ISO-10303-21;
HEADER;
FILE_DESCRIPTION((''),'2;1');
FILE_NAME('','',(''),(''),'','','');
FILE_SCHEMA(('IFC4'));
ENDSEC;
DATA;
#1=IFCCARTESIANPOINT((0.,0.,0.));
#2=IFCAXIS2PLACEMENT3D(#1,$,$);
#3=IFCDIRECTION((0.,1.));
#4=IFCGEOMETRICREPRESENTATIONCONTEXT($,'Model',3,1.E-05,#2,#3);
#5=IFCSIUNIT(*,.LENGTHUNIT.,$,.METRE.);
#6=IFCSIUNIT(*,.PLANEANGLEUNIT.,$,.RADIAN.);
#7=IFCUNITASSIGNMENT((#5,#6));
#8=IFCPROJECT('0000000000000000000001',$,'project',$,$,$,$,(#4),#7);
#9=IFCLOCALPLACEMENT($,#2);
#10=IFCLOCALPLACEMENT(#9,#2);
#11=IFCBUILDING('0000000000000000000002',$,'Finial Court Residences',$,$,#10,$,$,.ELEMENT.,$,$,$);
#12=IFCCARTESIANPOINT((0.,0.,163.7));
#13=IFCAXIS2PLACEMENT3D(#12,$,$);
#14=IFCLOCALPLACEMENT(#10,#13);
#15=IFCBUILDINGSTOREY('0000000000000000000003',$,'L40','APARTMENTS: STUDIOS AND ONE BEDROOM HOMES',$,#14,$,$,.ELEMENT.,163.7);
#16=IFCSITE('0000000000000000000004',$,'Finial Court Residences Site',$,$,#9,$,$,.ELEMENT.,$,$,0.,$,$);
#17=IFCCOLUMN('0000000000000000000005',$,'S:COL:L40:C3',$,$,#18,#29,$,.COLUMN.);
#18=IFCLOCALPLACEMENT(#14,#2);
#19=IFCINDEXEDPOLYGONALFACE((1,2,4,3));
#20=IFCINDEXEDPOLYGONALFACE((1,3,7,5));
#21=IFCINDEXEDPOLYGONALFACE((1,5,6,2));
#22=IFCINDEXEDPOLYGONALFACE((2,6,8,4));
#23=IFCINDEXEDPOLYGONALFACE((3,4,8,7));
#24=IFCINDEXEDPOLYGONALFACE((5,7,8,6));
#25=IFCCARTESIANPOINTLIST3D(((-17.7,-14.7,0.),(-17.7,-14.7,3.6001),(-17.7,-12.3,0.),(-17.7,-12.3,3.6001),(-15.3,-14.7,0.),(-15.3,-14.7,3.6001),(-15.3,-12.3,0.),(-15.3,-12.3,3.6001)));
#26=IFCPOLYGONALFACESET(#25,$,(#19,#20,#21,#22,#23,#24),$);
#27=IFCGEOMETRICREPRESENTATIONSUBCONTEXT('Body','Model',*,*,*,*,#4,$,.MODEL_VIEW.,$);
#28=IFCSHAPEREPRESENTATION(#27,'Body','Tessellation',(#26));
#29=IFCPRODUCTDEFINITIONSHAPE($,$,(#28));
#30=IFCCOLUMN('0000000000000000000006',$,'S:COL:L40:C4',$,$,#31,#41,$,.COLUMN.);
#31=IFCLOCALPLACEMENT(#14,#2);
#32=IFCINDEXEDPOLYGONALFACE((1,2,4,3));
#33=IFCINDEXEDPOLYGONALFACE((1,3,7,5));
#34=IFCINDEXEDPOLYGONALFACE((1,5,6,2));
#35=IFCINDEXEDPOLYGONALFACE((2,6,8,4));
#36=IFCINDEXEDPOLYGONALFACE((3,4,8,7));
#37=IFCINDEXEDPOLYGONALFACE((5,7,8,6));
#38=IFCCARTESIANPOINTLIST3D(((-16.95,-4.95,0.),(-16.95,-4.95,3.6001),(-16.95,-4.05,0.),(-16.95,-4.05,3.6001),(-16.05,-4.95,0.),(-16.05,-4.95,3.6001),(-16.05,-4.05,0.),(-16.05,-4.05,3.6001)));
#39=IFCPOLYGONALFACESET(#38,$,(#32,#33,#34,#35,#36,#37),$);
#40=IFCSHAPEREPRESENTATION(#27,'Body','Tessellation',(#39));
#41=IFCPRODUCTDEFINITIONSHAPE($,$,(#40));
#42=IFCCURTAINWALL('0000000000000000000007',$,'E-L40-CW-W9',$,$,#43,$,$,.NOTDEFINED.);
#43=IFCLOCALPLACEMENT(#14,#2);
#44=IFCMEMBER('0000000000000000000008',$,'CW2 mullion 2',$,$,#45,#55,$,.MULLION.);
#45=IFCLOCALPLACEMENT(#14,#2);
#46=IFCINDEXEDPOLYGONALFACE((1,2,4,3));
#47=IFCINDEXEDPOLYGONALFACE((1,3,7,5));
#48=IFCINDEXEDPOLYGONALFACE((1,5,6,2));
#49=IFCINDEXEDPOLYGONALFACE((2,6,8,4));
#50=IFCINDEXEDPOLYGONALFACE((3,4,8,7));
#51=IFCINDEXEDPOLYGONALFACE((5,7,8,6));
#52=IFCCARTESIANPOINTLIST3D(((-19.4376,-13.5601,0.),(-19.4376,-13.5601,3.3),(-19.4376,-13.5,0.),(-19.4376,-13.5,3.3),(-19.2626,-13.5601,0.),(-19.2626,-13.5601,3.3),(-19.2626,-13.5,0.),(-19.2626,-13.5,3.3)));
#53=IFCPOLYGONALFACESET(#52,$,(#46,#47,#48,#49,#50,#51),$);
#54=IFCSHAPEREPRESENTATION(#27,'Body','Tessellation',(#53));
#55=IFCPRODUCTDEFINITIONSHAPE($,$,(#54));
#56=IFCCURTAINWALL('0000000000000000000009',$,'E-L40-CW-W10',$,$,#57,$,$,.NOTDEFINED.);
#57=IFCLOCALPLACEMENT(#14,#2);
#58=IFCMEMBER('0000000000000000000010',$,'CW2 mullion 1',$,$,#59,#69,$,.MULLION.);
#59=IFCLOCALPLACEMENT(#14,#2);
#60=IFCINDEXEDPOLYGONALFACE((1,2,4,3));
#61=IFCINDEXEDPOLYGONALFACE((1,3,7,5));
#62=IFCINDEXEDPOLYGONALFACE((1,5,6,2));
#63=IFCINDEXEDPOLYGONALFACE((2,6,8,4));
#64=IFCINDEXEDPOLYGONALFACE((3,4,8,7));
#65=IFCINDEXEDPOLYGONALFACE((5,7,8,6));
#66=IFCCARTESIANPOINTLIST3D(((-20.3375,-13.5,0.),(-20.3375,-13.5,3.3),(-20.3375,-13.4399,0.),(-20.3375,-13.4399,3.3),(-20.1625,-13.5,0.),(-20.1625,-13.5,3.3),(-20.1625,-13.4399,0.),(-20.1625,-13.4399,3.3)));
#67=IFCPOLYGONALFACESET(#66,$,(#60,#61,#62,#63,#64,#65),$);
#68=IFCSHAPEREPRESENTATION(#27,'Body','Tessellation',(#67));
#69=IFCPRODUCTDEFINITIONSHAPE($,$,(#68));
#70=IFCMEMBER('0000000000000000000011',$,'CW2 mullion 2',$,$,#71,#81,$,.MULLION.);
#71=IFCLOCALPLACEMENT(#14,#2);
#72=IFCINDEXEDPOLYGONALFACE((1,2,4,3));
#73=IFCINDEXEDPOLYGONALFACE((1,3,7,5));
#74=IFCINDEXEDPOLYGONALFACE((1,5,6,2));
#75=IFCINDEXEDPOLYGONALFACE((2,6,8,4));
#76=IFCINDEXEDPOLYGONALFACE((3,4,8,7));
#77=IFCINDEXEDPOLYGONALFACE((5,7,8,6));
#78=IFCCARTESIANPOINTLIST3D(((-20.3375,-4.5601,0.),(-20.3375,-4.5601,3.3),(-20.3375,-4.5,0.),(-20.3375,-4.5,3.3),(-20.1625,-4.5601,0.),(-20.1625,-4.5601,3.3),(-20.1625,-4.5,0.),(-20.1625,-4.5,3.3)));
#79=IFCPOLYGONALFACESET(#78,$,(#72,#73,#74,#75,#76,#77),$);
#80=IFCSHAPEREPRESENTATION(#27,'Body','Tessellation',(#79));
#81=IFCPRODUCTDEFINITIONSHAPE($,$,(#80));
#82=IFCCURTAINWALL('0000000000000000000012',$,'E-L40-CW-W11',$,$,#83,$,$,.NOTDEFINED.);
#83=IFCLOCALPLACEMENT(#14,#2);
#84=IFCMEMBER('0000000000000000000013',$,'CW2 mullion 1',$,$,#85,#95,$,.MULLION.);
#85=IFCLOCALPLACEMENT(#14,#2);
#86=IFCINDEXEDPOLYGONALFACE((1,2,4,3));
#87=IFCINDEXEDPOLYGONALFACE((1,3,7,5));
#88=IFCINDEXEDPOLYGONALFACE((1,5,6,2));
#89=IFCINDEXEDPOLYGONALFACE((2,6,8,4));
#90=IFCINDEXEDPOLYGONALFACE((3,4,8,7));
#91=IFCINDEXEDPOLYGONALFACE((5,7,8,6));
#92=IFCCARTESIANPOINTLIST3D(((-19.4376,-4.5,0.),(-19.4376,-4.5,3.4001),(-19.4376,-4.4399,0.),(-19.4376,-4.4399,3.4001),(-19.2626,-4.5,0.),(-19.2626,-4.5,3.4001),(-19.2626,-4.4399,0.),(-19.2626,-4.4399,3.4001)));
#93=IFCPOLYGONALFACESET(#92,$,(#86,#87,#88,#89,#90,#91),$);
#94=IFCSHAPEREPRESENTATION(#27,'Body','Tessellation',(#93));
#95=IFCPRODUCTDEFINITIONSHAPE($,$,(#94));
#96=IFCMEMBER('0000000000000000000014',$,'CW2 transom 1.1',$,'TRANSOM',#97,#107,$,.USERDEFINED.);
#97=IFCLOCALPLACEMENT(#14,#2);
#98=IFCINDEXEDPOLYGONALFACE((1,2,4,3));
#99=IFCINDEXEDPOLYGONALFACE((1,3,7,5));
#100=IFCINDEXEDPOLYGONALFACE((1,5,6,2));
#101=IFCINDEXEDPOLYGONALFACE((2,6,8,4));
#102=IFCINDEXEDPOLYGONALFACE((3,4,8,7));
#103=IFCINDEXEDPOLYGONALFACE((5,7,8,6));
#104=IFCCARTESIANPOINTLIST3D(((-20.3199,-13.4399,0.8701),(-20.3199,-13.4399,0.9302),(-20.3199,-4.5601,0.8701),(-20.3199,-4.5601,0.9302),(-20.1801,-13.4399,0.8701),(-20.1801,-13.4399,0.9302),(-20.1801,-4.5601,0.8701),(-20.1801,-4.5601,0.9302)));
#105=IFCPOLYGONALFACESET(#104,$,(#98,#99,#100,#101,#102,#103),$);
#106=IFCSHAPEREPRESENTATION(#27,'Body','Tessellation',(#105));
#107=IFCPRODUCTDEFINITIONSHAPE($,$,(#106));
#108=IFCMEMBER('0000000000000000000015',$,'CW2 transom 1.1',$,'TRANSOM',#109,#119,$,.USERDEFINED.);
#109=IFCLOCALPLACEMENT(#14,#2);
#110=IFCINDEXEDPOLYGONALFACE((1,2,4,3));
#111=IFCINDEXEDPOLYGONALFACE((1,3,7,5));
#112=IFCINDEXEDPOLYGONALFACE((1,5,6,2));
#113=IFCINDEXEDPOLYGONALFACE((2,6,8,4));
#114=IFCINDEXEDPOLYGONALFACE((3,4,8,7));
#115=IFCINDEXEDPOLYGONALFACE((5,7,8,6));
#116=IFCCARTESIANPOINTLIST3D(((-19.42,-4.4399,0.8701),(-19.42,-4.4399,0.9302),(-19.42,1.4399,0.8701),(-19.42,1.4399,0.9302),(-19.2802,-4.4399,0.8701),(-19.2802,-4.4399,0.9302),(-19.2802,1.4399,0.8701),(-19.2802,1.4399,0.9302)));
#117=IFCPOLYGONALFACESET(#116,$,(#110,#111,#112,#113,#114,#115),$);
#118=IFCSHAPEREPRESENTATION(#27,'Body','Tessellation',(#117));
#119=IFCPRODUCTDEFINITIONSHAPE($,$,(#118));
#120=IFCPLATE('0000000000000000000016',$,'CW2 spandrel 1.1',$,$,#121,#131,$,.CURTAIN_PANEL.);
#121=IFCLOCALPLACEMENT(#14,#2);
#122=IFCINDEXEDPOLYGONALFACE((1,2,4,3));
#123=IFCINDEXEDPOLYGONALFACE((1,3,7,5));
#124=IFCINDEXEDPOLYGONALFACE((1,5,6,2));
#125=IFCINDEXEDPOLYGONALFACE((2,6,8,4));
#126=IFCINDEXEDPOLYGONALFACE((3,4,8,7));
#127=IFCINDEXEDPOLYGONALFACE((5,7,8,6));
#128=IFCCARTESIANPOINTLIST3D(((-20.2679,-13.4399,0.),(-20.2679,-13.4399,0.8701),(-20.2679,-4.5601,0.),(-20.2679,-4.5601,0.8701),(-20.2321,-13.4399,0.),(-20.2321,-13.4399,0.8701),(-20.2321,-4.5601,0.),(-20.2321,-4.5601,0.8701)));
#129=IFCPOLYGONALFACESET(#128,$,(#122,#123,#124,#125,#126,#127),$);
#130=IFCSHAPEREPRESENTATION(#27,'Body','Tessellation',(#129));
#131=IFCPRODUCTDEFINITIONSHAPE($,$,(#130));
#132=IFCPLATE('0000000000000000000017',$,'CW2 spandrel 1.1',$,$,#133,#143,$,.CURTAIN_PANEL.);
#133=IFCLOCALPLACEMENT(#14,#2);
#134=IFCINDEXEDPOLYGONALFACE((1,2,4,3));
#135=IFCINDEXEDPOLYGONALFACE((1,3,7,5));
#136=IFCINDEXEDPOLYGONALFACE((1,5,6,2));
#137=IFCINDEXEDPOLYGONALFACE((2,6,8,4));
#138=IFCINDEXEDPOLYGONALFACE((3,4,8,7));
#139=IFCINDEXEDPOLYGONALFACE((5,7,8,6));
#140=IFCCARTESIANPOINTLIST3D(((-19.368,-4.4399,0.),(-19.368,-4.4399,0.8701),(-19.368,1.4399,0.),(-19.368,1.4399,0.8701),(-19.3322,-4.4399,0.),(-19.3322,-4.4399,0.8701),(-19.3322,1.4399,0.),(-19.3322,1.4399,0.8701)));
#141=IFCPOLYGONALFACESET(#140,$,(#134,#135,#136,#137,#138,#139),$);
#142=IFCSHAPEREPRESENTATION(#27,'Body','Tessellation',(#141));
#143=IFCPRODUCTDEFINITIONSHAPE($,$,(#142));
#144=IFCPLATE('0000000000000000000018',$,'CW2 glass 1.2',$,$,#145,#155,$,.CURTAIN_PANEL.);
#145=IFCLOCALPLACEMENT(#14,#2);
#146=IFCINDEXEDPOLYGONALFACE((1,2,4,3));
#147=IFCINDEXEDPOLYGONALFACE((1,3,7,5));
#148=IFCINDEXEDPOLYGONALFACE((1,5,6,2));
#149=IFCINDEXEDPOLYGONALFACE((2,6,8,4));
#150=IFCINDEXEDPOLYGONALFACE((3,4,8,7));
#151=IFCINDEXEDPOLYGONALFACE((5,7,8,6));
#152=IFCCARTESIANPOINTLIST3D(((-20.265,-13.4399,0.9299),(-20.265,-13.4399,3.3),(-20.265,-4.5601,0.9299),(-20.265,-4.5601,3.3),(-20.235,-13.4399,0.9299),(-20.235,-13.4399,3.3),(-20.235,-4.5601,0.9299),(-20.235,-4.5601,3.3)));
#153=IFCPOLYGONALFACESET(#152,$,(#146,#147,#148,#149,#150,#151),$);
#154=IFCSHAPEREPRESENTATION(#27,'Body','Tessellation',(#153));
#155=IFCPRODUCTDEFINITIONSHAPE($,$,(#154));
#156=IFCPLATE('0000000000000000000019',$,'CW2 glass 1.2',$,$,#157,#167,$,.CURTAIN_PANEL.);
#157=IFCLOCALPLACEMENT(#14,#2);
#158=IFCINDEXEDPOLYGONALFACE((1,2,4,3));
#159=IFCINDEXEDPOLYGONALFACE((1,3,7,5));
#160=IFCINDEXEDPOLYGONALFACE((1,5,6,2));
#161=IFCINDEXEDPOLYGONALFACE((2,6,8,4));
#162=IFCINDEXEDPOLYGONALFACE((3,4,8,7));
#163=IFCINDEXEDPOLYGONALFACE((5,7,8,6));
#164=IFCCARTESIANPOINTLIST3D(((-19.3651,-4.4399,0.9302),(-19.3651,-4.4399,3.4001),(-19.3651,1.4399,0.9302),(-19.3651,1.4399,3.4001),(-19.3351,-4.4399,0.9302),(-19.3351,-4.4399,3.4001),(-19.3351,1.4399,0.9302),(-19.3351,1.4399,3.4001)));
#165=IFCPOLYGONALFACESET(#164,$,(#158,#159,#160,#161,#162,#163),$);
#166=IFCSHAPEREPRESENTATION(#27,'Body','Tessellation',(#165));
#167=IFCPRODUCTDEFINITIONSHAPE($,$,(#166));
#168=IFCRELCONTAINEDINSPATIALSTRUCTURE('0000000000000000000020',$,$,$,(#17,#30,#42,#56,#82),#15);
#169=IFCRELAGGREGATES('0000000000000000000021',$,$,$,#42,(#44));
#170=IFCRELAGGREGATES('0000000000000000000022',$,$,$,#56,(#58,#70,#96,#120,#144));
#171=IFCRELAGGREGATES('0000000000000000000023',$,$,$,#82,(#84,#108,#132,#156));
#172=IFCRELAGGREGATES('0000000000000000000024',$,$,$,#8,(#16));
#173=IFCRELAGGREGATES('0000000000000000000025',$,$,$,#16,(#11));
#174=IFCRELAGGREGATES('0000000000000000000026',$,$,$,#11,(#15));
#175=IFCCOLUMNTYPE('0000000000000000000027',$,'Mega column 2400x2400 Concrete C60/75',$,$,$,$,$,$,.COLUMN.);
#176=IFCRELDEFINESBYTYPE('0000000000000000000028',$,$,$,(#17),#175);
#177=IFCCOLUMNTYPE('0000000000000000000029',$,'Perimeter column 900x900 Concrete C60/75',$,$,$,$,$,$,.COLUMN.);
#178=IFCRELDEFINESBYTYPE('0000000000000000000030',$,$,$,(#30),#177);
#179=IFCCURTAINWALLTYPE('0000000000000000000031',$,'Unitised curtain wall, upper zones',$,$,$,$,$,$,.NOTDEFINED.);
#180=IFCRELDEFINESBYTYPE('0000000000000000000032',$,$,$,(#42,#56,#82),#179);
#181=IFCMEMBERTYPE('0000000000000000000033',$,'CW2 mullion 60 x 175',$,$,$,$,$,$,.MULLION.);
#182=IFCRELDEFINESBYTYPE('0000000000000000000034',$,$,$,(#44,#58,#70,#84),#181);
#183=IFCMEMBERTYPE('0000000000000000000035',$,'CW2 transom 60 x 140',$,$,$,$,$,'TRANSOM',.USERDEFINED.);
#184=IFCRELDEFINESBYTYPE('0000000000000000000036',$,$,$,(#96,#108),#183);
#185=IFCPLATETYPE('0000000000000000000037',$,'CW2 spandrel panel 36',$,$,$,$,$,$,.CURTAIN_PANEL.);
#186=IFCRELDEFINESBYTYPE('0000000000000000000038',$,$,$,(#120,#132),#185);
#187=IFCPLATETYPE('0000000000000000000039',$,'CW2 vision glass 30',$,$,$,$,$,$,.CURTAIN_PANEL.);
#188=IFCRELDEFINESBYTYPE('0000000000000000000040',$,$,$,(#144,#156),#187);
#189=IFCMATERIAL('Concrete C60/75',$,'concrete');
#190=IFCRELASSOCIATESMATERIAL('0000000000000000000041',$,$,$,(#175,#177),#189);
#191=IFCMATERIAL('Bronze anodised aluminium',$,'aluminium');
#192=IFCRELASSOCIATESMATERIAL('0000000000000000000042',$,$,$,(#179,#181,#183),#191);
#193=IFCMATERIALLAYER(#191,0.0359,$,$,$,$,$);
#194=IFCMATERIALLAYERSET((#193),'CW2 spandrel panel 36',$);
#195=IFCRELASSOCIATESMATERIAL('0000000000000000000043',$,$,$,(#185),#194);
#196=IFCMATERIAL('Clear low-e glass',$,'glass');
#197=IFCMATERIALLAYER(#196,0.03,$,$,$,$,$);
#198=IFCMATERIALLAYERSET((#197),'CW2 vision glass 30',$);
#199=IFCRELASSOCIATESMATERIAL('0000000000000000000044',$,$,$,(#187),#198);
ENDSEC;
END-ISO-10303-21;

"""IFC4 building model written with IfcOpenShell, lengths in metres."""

from ifc_helpers import new_model, si_unit, direction, frame, origin, origin_2d, place, context, subcontext, project, spatial, rectangle, extrude, material, layer, layer_set, material_profile, profile_set, type_object, element, aggregate, save


model = new_model("IFC4")

# Units and contexts
model_context = context("Model", 3, precision=1e-05, world=origin(), true_north=direction((0.0, 1.0)))
body_context = subcontext(model_context, "Body", "Model", "MODEL_VIEW")
ifc_project = project(units=[si_unit("LENGTHUNIT", "METRE"), si_unit("PLANEANGLEUNIT", "RADIAN")], contexts=[model_context])

# Site, building, storey
site_placement = place(None, origin())
site = spatial("IfcSite", under=ifc_project, at=site_placement, Name="Finial Court Residences Site", CompositionType="ELEMENT", RefElevation=0.0)
building_placement = place(site_placement, origin())
building = spatial("IfcBuilding", under=site, at=building_placement, Name="Finial Court Residences", CompositionType="ELEMENT")
storey_placement = place(building_placement, frame((0.0, 0.0, 163.7)))
storey = spatial("IfcBuildingStorey", under=building, at=storey_placement, Name="L40", Description="APARTMENTS: STUDIOS AND ONE BEDROOM HOMES", CompositionType="ELEMENT", Elevation=163.7)

# Columns
ifc_material_1 = material(Name="Concrete C60/75", Category="concrete")
ifc_material_profile_1 = material_profile(ifc_material_1, rectangle(XDim=2.3999, YDim=2.3999, at=origin_2d()), Name="2400x2400")
ifc_profile_set_1 = profile_set([ifc_material_profile_1], Name="Concrete C60/75")
column_type_1 = type_object("IfcColumnType", Name="Mega column 2400x2400 Concrete C60/75", PredefinedType="COLUMN", material=ifc_profile_set_1)
column_1_placement = place(storey_placement, frame((-16.5, -13.5, 0.0), z_axis=(0.0, 0.0, 1.0), x_axis=(1.0, 0.0, 0.0)))
element("IfcColumn", 1, at=column_1_placement, inside=storey, type_object=column_type_1, Name="S:COL:L40:C3", PredefinedType="COLUMN", context=body_context, shape_type="SweptSolid", body=[
    extrude(rectangle(XDim=2.3999, YDim=2.3999, at=origin_2d()), origin(), (0.0, 0.0, 1.0), 3.6001),
])
ifc_material_profile_2 = material_profile(ifc_material_1, rectangle(XDim=0.8999, YDim=0.8999, at=origin_2d()), Name="900x900")
ifc_profile_set_2 = profile_set([ifc_material_profile_2], Name="Concrete C60/75")
column_type_2 = type_object("IfcColumnType", Name="Perimeter column 900x900 Concrete C60/75", PredefinedType="COLUMN", material=ifc_profile_set_2)
column_2_placement = place(storey_placement, frame((-16.5, -4.5, 0.0), z_axis=(0.0, 0.0, 1.0), x_axis=(1.0, 0.0, 0.0)))
element("IfcColumn", 2, at=column_2_placement, inside=storey, type_object=column_type_2, Name="S:COL:L40:C4", PredefinedType="COLUMN", context=body_context, shape_type="SweptSolid", body=[
    extrude(rectangle(XDim=0.8999, YDim=0.8999, at=origin_2d()), origin(), (0.0, 0.0, 1.0), 3.6001),
])

# Curtain wall, member
ifc_material_2 = material(Name="Bronze anodised aluminium", Category="aluminium")
curtain_wall_type = type_object("IfcCurtainWallType", Name="Unitised curtain wall, upper zones", PredefinedType="NOTDEFINED", material=ifc_material_2)
curtain_wall_1_placement = place(storey_placement, origin())
curtain_wall_1 = element("IfcCurtainWall", 3, at=curtain_wall_1_placement, inside=storey, type_object=curtain_wall_type, Name="E-L40-CW-W9", PredefinedType="NOTDEFINED")
ifc_material_profile_3 = material_profile(ifc_material_2, rectangle(XDim=0.175, YDim=0.0601, at=origin_2d()), Name="CW2 mullion 60 x 175")
ifc_profile_set_3 = profile_set([ifc_material_profile_3], Name="Bronze anodised aluminium")
member_type_1 = type_object("IfcMemberType", Name="CW2 mullion 60 x 175", PredefinedType="MULLION", material=ifc_profile_set_3)
member_1_placement = place(storey_placement, frame((-19.3501, -13.53, 0.0), z_axis=(0.0, 0.0, 1.0), x_axis=(-1.0, 0.0, 0.0)))
member_1 = element("IfcMember", 4, at=member_1_placement, type_object=member_type_1, Name="CW2 mullion 2", PredefinedType="MULLION", context=body_context, shape_type="SweptSolid", body=[
    extrude(rectangle(XDim=0.175, YDim=0.0601, at=origin_2d()), origin(), (0.0, 0.0, 1.0), 3.3),
])
aggregate(curtain_wall_1, [member_1])

# Curtain wall, members
curtain_wall_2_placement = place(storey_placement, origin())
curtain_wall_2 = element("IfcCurtainWall", 5, at=curtain_wall_2_placement, inside=storey, type_object=curtain_wall_type, Name="E-L40-CW-W10", PredefinedType="NOTDEFINED")
member_2_placement = place(storey_placement, frame((-20.25, -13.47, 0.0), z_axis=(0.0, 0.0, 1.0), x_axis=(-1.0, 0.0, 0.0)))
member_2 = element("IfcMember", 6, at=member_2_placement, type_object=member_type_1, Name="CW2 mullion 1", PredefinedType="MULLION", context=body_context, shape_type="SweptSolid", body=[
    extrude(rectangle(XDim=0.175, YDim=0.0601, at=origin_2d()), origin(), (0.0, 0.0, 1.0), 3.3),
])
member_3_placement = place(storey_placement, frame((-20.25, -4.53, 0.0), z_axis=(0.0, 0.0, 1.0), x_axis=(-1.0, 0.0, 0.0)))
member_3 = element("IfcMember", 7, at=member_3_placement, type_object=member_type_1, Name="CW2 mullion 2", PredefinedType="MULLION", context=body_context, shape_type="SweptSolid", body=[
    extrude(rectangle(XDim=0.175, YDim=0.0601, at=origin_2d()), origin(), (0.0, 0.0, 1.0), 3.3),
])

# Curtain wall, member
curtain_wall_3_placement = place(storey_placement, origin())
curtain_wall_3 = element("IfcCurtainWall", 8, at=curtain_wall_3_placement, inside=storey, type_object=curtain_wall_type, Name="E-L40-CW-W11", PredefinedType="NOTDEFINED")
member_4_placement = place(storey_placement, frame((-19.3501, -4.47, 0.0), z_axis=(0.0, 0.0, 1.0), x_axis=(-1.0, 0.0, 0.0)))
member_4 = element("IfcMember", 9, at=member_4_placement, type_object=member_type_1, Name="CW2 mullion 1", PredefinedType="MULLION", context=body_context, shape_type="SweptSolid", body=[
    extrude(rectangle(XDim=0.175, YDim=0.0601, at=origin_2d()), origin(), (0.0, 0.0, 1.0), 3.4001),
])

# Members
ifc_material_profile_4 = material_profile(ifc_material_2, rectangle(XDim=0.1399, YDim=0.0601, at=origin_2d()), Name="CW2 transom 60 x 140")
ifc_profile_set_4 = profile_set([ifc_material_profile_4], Name="Bronze anodised aluminium")
member_type_2 = type_object("IfcMemberType", Name="CW2 transom 60 x 140", ElementType="TRANSOM", PredefinedType="USERDEFINED", material=ifc_profile_set_4)
member_5_placement = place(storey_placement, frame((-20.25, -13.4399, 0.9001), z_axis=(0.0, 1.0, 0.0), x_axis=(-1.0, 0.0, 0.0)))
member_5 = element("IfcMember", 10, at=member_5_placement, type_object=member_type_2, Name="CW2 transom 1.1", ObjectType="TRANSOM", PredefinedType="USERDEFINED", context=body_context, shape_type="SweptSolid", body=[
    extrude(rectangle(XDim=0.1399, YDim=0.0601, at=origin_2d()), origin(), (0.0, 0.0, 1.0), 8.8799),
])
member_6_placement = place(storey_placement, frame((-19.3501, -4.4399, 0.9001), z_axis=(0.0, 1.0, 0.0), x_axis=(-1.0, 0.0, 0.0)))
member_6 = element("IfcMember", 11, at=member_6_placement, type_object=member_type_2, Name="CW2 transom 1.1", ObjectType="TRANSOM", PredefinedType="USERDEFINED", context=body_context, shape_type="SweptSolid", body=[
    extrude(rectangle(XDim=0.1399, YDim=0.0601, at=origin_2d()), origin(), (0.0, 0.0, 1.0), 5.8799),
])

# Plates
ifc_layer_1 = layer(ifc_material_2, 0.0359)
ifc_layer_set_1 = layer_set([ifc_layer_1], Name="CW2 spandrel panel 36")
plate_type_1 = type_object("IfcPlateType", Name="CW2 spandrel panel 36", PredefinedType="CURTAIN_PANEL", material=ifc_layer_set_1)
plate_1_placement = place(storey_placement, frame((-20.25, -9.0, 0.0), z_axis=(0.0, 0.0, 1.0), x_axis=(0.0, 1.0, 0.0)))
plate_1 = element("IfcPlate", 12, at=plate_1_placement, type_object=plate_type_1, Name="CW2 spandrel 1.1", PredefinedType="CURTAIN_PANEL", context=body_context, shape_type="SweptSolid", body=[
    extrude(rectangle(XDim=8.8799, YDim=0.0359, at=origin_2d()), origin(), (0.0, 0.0, 1.0), 0.8701),
])
plate_2_placement = place(storey_placement, frame((-19.3501, -1.5, 0.0), z_axis=(0.0, 0.0, 1.0), x_axis=(0.0, 1.0, 0.0)))
plate_2 = element("IfcPlate", 13, at=plate_2_placement, type_object=plate_type_1, Name="CW2 spandrel 1.1", PredefinedType="CURTAIN_PANEL", context=body_context, shape_type="SweptSolid", body=[
    extrude(rectangle(XDim=5.8799, YDim=0.0359, at=origin_2d()), origin(), (0.0, 0.0, 1.0), 0.8701),
])
ifc_material_3 = material(Name="Clear low-e glass", Category="glass")
ifc_layer_2 = layer(ifc_material_3, 0.03)
ifc_layer_set_2 = layer_set([ifc_layer_2], Name="CW2 vision glass 30")
plate_type_2 = type_object("IfcPlateType", Name="CW2 vision glass 30", PredefinedType="CURTAIN_PANEL", material=ifc_layer_set_2)
plate_3_placement = place(storey_placement, frame((-20.25, -9.0, 0.9299), z_axis=(0.0, 0.0, 1.0), x_axis=(0.0, 1.0, 0.0)))
plate_3 = element("IfcPlate", 14, at=plate_3_placement, type_object=plate_type_2, Name="CW2 glass 1.2", PredefinedType="CURTAIN_PANEL", context=body_context, shape_type="SweptSolid", body=[
    extrude(rectangle(XDim=8.8799, YDim=0.03, at=origin_2d()), origin(), (0.0, 0.0, 1.0), 2.3701),
])
aggregate(curtain_wall_2, [member_2, member_3, member_5, plate_1, plate_3])
plate_4_placement = place(storey_placement, frame((-19.3501, -1.5, 0.9302), z_axis=(0.0, 0.0, 1.0), x_axis=(0.0, 1.0, 0.0)))
plate_4 = element("IfcPlate", 15, at=plate_4_placement, type_object=plate_type_2, Name="CW2 glass 1.2", PredefinedType="CURTAIN_PANEL", context=body_context, shape_type="SweptSolid", body=[
    extrude(rectangle(XDim=5.8799, YDim=0.03, at=origin_2d()), origin(), (0.0, 0.0, 1.0), 2.47),
])
aggregate(curtain_wall_3, [member_4, member_6, plate_2, plate_4])

save(model, "model.ifc")
